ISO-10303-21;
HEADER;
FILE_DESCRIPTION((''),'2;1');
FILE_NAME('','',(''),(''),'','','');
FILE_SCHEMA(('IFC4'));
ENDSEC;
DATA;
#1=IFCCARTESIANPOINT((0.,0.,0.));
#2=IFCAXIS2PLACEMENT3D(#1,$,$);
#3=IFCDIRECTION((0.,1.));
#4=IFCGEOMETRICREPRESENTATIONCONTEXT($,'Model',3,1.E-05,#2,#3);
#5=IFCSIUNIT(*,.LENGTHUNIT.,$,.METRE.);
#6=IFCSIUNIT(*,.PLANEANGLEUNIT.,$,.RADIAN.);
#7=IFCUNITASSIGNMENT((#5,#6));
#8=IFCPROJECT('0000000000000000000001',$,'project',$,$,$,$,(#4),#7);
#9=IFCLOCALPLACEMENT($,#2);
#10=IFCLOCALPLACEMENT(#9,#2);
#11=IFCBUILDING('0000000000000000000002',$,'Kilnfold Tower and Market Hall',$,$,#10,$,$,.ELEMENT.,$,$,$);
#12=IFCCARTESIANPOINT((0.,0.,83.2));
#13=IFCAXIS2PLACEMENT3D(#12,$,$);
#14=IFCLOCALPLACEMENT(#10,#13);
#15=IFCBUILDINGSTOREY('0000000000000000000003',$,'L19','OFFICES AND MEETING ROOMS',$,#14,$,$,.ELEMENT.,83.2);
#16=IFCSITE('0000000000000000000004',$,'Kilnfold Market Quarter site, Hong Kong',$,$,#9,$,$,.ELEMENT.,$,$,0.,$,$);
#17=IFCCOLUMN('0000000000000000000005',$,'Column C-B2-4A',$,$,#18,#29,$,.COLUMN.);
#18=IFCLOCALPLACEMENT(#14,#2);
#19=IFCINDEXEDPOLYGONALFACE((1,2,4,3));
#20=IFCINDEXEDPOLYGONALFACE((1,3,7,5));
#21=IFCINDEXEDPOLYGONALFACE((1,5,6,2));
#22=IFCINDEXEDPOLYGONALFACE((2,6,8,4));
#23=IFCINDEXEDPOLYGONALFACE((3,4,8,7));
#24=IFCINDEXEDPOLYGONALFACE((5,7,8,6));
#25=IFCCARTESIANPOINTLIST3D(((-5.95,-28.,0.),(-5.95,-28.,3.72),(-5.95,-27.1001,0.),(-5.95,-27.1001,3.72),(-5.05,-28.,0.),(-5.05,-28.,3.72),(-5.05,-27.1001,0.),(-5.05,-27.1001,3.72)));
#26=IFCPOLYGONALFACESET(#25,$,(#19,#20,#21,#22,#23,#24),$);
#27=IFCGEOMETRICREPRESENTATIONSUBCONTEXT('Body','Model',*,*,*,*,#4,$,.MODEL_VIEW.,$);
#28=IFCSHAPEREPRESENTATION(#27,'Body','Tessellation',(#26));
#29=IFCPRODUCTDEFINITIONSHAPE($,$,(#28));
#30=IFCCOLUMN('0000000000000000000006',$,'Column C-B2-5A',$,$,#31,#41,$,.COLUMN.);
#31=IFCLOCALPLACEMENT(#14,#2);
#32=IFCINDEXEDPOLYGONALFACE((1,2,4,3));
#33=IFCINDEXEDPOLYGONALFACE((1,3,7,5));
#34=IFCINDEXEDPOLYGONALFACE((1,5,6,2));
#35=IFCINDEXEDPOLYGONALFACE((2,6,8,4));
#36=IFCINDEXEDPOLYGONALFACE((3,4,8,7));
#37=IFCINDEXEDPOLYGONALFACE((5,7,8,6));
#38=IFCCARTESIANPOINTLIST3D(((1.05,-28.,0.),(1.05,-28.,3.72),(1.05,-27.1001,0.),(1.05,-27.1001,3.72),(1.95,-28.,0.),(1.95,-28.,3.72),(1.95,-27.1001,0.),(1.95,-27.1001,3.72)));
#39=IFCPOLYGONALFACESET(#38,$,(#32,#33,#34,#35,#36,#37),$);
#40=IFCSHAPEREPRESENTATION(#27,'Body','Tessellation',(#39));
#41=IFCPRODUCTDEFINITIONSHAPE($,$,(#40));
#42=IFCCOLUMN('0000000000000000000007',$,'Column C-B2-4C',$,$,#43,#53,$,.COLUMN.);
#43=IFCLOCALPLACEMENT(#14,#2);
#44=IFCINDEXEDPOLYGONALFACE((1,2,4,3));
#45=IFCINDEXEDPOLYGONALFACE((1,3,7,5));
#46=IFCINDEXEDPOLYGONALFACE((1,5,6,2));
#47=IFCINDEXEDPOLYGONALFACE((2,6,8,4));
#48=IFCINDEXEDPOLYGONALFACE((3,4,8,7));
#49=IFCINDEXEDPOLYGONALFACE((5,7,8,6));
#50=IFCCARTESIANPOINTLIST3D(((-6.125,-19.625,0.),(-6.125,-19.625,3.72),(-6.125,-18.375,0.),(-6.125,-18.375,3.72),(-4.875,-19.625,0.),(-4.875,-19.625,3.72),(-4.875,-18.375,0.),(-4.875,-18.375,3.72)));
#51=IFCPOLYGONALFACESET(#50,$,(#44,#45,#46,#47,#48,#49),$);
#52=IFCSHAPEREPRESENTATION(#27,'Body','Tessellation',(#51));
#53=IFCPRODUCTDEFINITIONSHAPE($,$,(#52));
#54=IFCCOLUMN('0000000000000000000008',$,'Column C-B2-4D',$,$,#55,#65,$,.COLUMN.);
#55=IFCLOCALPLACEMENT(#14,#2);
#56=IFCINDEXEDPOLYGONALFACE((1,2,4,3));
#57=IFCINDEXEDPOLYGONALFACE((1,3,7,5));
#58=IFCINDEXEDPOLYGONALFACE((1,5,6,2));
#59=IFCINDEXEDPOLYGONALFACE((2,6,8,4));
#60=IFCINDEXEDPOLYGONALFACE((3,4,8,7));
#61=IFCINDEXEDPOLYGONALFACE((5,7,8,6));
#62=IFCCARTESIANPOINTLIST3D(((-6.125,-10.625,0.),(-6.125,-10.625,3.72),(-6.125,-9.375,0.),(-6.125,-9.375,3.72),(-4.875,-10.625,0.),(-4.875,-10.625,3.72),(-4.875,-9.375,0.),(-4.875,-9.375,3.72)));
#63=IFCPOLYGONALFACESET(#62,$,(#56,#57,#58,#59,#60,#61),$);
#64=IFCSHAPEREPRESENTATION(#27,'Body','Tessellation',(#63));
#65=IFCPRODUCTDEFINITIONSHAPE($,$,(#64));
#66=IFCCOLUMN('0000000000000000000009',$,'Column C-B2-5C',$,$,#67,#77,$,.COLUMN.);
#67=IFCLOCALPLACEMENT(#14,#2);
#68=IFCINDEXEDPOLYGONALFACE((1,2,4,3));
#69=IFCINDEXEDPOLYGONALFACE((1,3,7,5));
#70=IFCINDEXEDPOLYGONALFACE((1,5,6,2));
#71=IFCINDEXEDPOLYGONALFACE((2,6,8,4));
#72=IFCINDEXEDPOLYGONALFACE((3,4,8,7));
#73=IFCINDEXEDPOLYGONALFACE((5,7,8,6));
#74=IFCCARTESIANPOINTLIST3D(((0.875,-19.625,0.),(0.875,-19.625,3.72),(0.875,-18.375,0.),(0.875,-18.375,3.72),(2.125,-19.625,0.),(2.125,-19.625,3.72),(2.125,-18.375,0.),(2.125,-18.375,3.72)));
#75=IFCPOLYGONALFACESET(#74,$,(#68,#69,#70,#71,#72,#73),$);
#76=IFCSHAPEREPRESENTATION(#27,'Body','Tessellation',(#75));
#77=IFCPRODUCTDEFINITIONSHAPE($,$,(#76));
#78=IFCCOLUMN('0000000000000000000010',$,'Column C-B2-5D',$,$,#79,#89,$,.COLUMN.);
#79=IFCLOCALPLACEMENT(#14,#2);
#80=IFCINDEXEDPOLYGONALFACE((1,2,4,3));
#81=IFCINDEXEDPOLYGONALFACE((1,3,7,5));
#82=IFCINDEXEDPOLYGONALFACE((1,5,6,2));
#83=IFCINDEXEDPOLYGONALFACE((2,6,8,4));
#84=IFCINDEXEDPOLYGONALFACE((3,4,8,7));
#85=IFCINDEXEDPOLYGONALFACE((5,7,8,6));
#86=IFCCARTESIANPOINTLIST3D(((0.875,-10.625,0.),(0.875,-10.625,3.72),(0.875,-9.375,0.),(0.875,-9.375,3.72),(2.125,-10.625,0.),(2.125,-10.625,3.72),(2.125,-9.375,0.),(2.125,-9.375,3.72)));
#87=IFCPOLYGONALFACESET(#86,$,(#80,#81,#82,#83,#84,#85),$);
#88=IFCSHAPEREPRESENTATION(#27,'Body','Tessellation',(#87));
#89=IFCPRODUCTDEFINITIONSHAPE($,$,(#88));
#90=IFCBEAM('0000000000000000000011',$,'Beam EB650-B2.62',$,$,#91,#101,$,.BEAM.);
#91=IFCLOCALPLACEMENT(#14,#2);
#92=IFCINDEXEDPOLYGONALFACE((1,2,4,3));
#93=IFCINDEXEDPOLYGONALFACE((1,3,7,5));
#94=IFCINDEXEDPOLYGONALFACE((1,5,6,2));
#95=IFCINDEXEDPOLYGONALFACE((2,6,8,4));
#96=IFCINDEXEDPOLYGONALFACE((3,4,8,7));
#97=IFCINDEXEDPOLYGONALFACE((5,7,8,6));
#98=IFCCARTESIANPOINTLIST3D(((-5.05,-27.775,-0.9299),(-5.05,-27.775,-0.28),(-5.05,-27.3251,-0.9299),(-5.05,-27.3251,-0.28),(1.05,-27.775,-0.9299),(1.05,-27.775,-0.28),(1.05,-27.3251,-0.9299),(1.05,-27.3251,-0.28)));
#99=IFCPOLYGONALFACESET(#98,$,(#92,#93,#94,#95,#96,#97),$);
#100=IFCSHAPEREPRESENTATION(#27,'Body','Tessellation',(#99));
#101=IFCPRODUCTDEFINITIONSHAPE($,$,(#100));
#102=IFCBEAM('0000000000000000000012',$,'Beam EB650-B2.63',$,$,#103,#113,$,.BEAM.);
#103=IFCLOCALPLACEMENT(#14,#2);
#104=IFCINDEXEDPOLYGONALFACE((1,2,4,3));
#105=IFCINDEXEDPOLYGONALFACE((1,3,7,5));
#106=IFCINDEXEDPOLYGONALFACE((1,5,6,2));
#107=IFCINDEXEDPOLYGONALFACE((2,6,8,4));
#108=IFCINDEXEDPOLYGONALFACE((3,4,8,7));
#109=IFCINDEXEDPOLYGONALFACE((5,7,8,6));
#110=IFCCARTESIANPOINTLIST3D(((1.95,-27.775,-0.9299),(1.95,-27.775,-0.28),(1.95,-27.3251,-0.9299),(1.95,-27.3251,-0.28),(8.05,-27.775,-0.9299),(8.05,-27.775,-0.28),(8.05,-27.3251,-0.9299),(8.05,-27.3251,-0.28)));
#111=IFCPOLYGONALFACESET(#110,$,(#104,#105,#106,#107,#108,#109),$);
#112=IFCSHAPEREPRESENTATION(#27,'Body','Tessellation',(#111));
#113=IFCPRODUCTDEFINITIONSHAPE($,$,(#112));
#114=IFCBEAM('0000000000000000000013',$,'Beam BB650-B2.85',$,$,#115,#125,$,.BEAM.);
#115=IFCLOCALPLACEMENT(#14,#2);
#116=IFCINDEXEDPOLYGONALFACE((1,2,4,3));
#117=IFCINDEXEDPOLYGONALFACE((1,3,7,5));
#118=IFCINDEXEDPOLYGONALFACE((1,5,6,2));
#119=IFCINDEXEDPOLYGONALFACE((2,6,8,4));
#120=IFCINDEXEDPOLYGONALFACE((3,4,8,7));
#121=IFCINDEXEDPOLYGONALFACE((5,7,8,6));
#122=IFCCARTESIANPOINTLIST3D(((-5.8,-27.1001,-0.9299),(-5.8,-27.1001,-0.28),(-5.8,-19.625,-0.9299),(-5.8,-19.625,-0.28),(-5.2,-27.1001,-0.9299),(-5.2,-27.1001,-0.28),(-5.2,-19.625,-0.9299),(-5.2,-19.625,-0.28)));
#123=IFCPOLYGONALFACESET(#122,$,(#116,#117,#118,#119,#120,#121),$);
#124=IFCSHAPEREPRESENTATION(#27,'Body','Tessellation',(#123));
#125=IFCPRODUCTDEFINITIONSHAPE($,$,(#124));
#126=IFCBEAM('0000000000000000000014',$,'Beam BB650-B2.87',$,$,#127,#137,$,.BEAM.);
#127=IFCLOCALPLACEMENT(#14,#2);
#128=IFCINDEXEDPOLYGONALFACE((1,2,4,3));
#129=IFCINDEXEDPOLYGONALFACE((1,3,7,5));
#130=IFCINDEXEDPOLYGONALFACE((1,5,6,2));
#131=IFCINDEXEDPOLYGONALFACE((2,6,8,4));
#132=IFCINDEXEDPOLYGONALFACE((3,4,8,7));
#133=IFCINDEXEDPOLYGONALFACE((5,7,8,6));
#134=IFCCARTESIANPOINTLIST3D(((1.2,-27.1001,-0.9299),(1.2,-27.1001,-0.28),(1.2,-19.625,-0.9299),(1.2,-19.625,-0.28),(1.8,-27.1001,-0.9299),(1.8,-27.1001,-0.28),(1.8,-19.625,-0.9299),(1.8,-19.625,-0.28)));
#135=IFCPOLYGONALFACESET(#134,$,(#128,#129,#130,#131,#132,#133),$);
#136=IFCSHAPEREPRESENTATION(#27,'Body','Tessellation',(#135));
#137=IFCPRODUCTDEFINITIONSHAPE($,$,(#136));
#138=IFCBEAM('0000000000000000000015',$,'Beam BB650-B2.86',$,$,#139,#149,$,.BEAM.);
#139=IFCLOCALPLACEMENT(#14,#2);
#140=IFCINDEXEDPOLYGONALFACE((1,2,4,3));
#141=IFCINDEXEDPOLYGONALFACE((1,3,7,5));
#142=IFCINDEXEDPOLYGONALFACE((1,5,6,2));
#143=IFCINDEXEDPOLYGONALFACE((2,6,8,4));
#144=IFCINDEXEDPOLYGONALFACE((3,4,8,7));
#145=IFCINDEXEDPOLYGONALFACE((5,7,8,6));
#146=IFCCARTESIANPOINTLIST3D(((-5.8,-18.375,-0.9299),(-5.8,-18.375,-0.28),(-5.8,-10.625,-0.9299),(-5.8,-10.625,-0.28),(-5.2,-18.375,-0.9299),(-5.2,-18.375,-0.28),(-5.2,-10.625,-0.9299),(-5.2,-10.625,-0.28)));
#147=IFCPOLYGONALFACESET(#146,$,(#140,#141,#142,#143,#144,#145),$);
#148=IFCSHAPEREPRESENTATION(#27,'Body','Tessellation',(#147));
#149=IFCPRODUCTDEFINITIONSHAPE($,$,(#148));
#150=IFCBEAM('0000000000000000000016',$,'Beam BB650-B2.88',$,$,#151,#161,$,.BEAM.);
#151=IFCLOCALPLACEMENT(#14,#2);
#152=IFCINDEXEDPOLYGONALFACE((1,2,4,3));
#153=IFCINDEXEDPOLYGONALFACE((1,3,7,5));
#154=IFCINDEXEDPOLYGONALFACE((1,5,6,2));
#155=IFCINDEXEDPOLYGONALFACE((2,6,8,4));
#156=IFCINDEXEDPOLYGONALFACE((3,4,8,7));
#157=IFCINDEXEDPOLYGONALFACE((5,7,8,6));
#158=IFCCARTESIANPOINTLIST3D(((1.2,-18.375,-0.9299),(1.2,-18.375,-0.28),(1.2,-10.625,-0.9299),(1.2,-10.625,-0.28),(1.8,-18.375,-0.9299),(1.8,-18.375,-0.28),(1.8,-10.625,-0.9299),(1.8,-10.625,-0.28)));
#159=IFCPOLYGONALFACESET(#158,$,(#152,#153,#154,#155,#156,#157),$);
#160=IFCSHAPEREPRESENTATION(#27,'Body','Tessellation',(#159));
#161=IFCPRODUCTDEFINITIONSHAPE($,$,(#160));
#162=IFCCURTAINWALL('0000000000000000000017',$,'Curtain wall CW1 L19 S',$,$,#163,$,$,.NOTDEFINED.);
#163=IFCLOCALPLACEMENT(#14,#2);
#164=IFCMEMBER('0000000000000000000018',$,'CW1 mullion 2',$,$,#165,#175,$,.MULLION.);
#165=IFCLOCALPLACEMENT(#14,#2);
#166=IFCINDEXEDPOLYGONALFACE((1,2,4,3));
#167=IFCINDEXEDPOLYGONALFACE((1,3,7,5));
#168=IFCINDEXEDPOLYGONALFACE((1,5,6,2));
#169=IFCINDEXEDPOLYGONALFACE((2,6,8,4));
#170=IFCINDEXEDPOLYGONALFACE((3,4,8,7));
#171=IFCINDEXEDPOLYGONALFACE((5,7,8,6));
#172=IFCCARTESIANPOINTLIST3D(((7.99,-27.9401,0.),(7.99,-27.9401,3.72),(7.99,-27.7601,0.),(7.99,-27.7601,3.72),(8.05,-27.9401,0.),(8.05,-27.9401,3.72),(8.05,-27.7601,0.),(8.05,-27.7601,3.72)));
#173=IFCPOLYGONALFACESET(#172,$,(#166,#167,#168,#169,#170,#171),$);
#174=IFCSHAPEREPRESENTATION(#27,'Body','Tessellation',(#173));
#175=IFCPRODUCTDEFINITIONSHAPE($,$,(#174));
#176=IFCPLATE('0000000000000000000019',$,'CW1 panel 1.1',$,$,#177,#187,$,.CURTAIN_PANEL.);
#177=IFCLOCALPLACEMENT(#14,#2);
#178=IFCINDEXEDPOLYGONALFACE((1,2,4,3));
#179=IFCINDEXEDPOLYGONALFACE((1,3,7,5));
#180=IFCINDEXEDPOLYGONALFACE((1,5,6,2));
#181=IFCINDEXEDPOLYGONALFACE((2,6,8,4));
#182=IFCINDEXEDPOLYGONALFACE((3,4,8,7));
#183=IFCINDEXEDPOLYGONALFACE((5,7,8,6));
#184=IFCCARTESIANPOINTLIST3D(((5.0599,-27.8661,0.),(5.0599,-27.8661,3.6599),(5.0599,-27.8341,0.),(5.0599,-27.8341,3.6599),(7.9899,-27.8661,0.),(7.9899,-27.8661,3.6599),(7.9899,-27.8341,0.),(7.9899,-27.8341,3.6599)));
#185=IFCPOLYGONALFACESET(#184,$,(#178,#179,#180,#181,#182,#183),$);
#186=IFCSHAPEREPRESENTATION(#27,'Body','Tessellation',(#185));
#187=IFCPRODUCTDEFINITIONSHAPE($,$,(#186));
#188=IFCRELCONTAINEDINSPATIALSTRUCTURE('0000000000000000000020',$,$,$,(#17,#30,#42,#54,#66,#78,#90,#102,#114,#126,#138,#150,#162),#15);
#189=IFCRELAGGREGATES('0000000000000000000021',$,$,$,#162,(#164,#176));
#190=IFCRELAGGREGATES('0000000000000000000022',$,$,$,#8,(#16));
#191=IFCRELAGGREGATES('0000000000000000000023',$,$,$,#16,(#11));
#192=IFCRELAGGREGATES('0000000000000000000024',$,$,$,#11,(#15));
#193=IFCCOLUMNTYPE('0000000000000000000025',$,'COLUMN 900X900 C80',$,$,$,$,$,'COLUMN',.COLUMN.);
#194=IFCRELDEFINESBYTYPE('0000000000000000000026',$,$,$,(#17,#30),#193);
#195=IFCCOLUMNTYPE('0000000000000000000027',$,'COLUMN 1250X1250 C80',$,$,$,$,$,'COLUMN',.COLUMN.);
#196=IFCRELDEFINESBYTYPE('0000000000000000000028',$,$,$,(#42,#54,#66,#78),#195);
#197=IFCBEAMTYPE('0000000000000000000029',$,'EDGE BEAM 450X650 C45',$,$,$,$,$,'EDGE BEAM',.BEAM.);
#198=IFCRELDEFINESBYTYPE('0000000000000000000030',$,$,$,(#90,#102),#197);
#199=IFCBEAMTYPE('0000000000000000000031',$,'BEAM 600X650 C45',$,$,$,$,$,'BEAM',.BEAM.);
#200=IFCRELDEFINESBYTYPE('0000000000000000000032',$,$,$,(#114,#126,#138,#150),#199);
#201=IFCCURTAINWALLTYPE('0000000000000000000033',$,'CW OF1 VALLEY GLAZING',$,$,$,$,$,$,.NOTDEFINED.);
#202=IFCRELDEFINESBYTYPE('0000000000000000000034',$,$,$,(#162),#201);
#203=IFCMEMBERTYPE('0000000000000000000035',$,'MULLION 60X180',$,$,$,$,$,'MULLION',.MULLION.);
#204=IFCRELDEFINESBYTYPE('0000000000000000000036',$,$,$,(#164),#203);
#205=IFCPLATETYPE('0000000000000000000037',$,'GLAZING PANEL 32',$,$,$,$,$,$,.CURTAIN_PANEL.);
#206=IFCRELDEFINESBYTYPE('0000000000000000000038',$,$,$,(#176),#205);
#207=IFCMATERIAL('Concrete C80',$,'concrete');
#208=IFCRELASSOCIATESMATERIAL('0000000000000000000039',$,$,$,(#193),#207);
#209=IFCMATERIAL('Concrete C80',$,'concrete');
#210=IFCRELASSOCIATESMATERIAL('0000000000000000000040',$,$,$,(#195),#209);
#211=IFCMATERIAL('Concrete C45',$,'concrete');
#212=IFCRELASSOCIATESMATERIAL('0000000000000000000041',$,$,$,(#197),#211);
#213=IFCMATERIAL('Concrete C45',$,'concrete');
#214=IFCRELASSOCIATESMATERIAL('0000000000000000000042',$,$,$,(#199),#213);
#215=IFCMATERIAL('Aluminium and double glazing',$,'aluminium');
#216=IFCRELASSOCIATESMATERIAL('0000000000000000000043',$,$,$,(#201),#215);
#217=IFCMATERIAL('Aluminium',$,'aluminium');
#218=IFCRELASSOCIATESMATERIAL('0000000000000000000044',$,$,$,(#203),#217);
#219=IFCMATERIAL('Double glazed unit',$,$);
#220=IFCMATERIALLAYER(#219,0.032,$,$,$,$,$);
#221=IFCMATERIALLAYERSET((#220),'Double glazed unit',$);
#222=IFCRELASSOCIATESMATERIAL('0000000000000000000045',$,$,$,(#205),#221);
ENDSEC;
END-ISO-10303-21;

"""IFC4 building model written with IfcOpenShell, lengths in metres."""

from ifc_helpers import new_model, si_unit, direction, frame, origin, origin_2d, place, context, subcontext, project, spatial, rectangle, extrude, source, transform, mapped, material, layer, layer_set, material_profile, profile_set, type_object, element, aggregate, save


model = new_model("IFC4")

# Units and contexts
model_context = context("Model", 3, precision=1e-05, world=origin(), true_north=direction((0.0, 1.0)))
body_context = subcontext(model_context, "Body", "Model", "MODEL_VIEW")
ifc_project = project(units=[si_unit("LENGTHUNIT", "METRE"), si_unit("PLANEANGLEUNIT", "RADIAN")], contexts=[model_context])

# Site, building, storey
site_placement = place(None, origin())
site = spatial("IfcSite", under=ifc_project, at=site_placement, Name="Kilnfold Market Quarter site, Hong Kong", CompositionType="ELEMENT", RefElevation=0.0)
building_placement = place(site_placement, origin())
building = spatial("IfcBuilding", under=site, at=building_placement, Name="Kilnfold Tower and Market Hall", CompositionType="ELEMENT")
storey_placement = place(building_placement, frame((0.0, 0.0, 83.2)))
storey = spatial("IfcBuildingStorey", under=building, at=storey_placement, Name="L19", Description="OFFICES AND MEETING ROOMS", CompositionType="ELEMENT", Elevation=83.2)

# Columns
ifc_material_1 = material(Name="Concrete C80", Category="concrete")
ifc_material_profile_1 = material_profile(ifc_material_1, rectangle(XDim=0.8999, YDim=0.8999, at=origin_2d()), Name="RC 900x900")
ifc_profile_set_1 = profile_set([ifc_material_profile_1], Name="Concrete C80")
column_type_1 = type_object("IfcColumnType", Name="COLUMN 900X900 C80", ElementType="COLUMN", PredefinedType="COLUMN", material=ifc_profile_set_1)
shared_shape_1 = source(origin(), body_context, "Body", "SweptSolid", [
    extrude(rectangle(XDim=0.8999, YDim=0.8999, at=origin_2d()), origin(), (0.0, 0.0, 1.0), 3.72),
])
for number, where, z_axis, x_axis, name in (
    (1, (-5.5, -27.55, 0.0), (0.0, 0.0, 1.0), (1.0, 0.0, 0.0), "Column C-B2-4A"),
    (2, (1.5, -27.55, 0.0), (0.0, 0.0, 1.0), (1.0, 0.0, 0.0), "Column C-B2-5A"),
):
    element("IfcColumn", number, at=place(storey_placement, frame(where, z_axis=z_axis, x_axis=x_axis)), inside=storey, type_object=column_type_1, Name=name, PredefinedType="COLUMN", context=body_context, shape_type="MappedRepresentation", body=[
        mapped(shared_shape_1, transform((0.0, 0.0, 0.0))),
    ])
ifc_material_2 = material(Name="Concrete C80", Category="concrete")
ifc_material_profile_2 = material_profile(ifc_material_2, rectangle(XDim=1.25, YDim=1.25, at=origin_2d()), Name="RC 1250x1250")
ifc_profile_set_2 = profile_set([ifc_material_profile_2], Name="Concrete C80")
column_type_2 = type_object("IfcColumnType", Name="COLUMN 1250X1250 C80", ElementType="COLUMN", PredefinedType="COLUMN", material=ifc_profile_set_2)
shared_shape_2 = source(origin(), body_context, "Body", "SweptSolid", [
    extrude(rectangle(XDim=1.25, YDim=1.25, at=origin_2d()), origin(), (0.0, 0.0, 1.0), 3.72),
])
for number, where, z_axis, x_axis, name in (
    (3, (-5.5, -19.0, 0.0), (0.0, 0.0, 1.0), (1.0, 0.0, 0.0), "Column C-B2-4C"),
    (4, (-5.5, -10.0, 0.0), (0.0, 0.0, 1.0), (1.0, 0.0, 0.0), "Column C-B2-4D"),
    (5, (1.5, -19.0, 0.0), (0.0, 0.0, 1.0), (1.0, 0.0, 0.0), "Column C-B2-5C"),
    (6, (1.5, -10.0, 0.0), (0.0, 0.0, 1.0), (1.0, 0.0, 0.0), "Column C-B2-5D"),
):
    element("IfcColumn", number, at=place(storey_placement, frame(where, z_axis=z_axis, x_axis=x_axis)), inside=storey, type_object=column_type_2, Name=name, PredefinedType="COLUMN", context=body_context, shape_type="MappedRepresentation", body=[
        mapped(shared_shape_2, transform((0.0, 0.0, 0.0))),
    ])

# Beams
ifc_material_3 = material(Name="Concrete C45", Category="concrete")
ifc_material_profile_3 = material_profile(ifc_material_3, rectangle(XDim=0.45, YDim=0.6499, at=origin_2d()), Name="RC 450x650")
ifc_profile_set_3 = profile_set([ifc_material_profile_3], Name="Concrete C45")
beam_type_1 = type_object("IfcBeamType", Name="EDGE BEAM 450X650 C45", ElementType="EDGE BEAM", PredefinedType="BEAM", material=ifc_profile_set_3)
shared_shape_3 = source(origin(), body_context, "Body", "SweptSolid", [
    extrude(rectangle(XDim=0.45, YDim=0.6499, at=origin_2d()), origin(), (0.0, 0.0, 1.0), 6.1001),
])
for number, where, z_axis, x_axis, name in (
    (7, (-5.05, -27.55, -0.605), (1.0, 0.0, 0.0), (0.0, 1.0, 0.0), "Beam EB650-B2.62"),
    (8, (1.95, -27.55, -0.605), (1.0, 0.0, 0.0), (0.0, 1.0, 0.0), "Beam EB650-B2.63"),
):
    element("IfcBeam", number, at=place(storey_placement, frame(where, z_axis=z_axis, x_axis=x_axis)), inside=storey, type_object=beam_type_1, Name=name, PredefinedType="BEAM", context=body_context, shape_type="MappedRepresentation", body=[
        mapped(shared_shape_3, transform((0.0, 0.0, 0.0))),
    ])
ifc_material_4 = material(Name="Concrete C45", Category="concrete")
ifc_material_profile_4 = material_profile(ifc_material_4, rectangle(XDim=0.6001, YDim=0.6499, at=origin_2d()), Name="RC 600x650")
ifc_profile_set_4 = profile_set([ifc_material_profile_4], Name="Concrete C45")
beam_type_2 = type_object("IfcBeamType", Name="BEAM 600X650 C45", ElementType="BEAM", PredefinedType="BEAM", material=ifc_profile_set_4)
shared_shape_4 = source(origin(), body_context, "Body", "SweptSolid", [
    extrude(rectangle(XDim=0.6001, YDim=0.6499, at=origin_2d()), origin(), (0.0, 0.0, 1.0), 7.4751),
])
for number, where, z_axis, x_axis, name in (
    (9, (-5.5, -27.1001, -0.605), (0.0, 1.0, 0.0), (-1.0, 0.0, 0.0), "Beam BB650-B2.85"),
    (10, (1.5, -27.1001, -0.605), (0.0, 1.0, 0.0), (-1.0, 0.0, 0.0), "Beam BB650-B2.87"),
):
    element("IfcBeam", number, at=place(storey_placement, frame(where, z_axis=z_axis, x_axis=x_axis)), inside=storey, type_object=beam_type_2, Name=name, PredefinedType="BEAM", context=body_context, shape_type="MappedRepresentation", body=[
        mapped(shared_shape_4, transform((0.0, 0.0, 0.0))),
    ])
shared_shape_5 = source(origin(), body_context, "Body", "SweptSolid", [
    extrude(rectangle(XDim=0.6001, YDim=0.6499, at=origin_2d()), origin(), (0.0, 0.0, 1.0), 7.75),
])
for number, where, z_axis, x_axis, name in (
    (11, (-5.5, -18.375, -0.605), (0.0, 1.0, 0.0), (-1.0, 0.0, 0.0), "Beam BB650-B2.86"),
    (12, (1.5, -18.375, -0.605), (0.0, 1.0, 0.0), (-1.0, 0.0, 0.0), "Beam BB650-B2.88"),
):
    element("IfcBeam", number, at=place(storey_placement, frame(where, z_axis=z_axis, x_axis=x_axis)), inside=storey, type_object=beam_type_2, Name=name, PredefinedType="BEAM", context=body_context, shape_type="MappedRepresentation", body=[
        mapped(shared_shape_5, transform((0.0, 0.0, 0.0))),
    ])

# Curtain wall, member, plate
ifc_material_5 = material(Name="Aluminium and double glazing", Category="aluminium")
curtain_wall_type = type_object("IfcCurtainWallType", Name="CW OF1 VALLEY GLAZING", PredefinedType="NOTDEFINED", material=ifc_material_5)
curtain_wall_placement = place(storey_placement, origin())
curtain_wall = element("IfcCurtainWall", 13, at=curtain_wall_placement, inside=storey, type_object=curtain_wall_type, Name="Curtain wall CW1 L19 S", PredefinedType="NOTDEFINED")
ifc_material_6 = material(Name="Aluminium", Category="aluminium")
ifc_material_profile_5 = material_profile(ifc_material_6, rectangle(XDim=0.0601, YDim=0.1799, at=origin_2d()), Name="MULLION 60x180")
ifc_profile_set_5 = profile_set([ifc_material_profile_5], Name="Aluminium")
member_type = type_object("IfcMemberType", Name="MULLION 60X180", ElementType="MULLION", PredefinedType="MULLION", material=ifc_profile_set_5)
shared_shape_6 = source(origin(), body_context, "Body", "SweptSolid", [
    extrude(rectangle(XDim=0.0601, YDim=0.1799, at=origin_2d()), origin(), (0.0, 0.0, 1.0), 3.72),
])
member_placement = place(storey_placement, frame((8.02, -27.8501, 0.0), z_axis=(0.0, 0.0, 1.0), x_axis=(1.0, 0.0, 0.0)))
member = element("IfcMember", 14, at=member_placement, type_object=member_type, Name="CW1 mullion 2", PredefinedType="MULLION", context=body_context, shape_type="MappedRepresentation", body=[
    mapped(shared_shape_6, transform((0.0, 0.0, 0.0))),
])
ifc_material_7 = material(Name="Double glazed unit")
ifc_layer_1 = layer(ifc_material_7, 0.032)
ifc_layer_set_1 = layer_set([ifc_layer_1], Name="Double glazed unit")
plate_type = type_object("IfcPlateType", Name="GLAZING PANEL 32", PredefinedType="CURTAIN_PANEL", material=ifc_layer_set_1)
shared_shape_7 = source(origin(), body_context, "Body", "SweptSolid", [
    extrude(rectangle(XDim=2.9299, YDim=0.032, at=origin_2d()), origin(), (0.0, 0.0, 1.0), 3.6599),
])
plate_placement = place(storey_placement, frame((6.5249, -27.8501, 0.0), z_axis=(0.0, 0.0, 1.0), x_axis=(1.0, 0.0, 0.0)))
plate = element("IfcPlate", 15, at=plate_placement, type_object=plate_type, Name="CW1 panel 1.1", PredefinedType="CURTAIN_PANEL", context=body_context, shape_type="MappedRepresentation", body=[
    mapped(shared_shape_7, transform((0.0, 0.0, 0.0))),
])
aggregate(curtain_wall, [member, plate])

save(model, "model.ifc")
